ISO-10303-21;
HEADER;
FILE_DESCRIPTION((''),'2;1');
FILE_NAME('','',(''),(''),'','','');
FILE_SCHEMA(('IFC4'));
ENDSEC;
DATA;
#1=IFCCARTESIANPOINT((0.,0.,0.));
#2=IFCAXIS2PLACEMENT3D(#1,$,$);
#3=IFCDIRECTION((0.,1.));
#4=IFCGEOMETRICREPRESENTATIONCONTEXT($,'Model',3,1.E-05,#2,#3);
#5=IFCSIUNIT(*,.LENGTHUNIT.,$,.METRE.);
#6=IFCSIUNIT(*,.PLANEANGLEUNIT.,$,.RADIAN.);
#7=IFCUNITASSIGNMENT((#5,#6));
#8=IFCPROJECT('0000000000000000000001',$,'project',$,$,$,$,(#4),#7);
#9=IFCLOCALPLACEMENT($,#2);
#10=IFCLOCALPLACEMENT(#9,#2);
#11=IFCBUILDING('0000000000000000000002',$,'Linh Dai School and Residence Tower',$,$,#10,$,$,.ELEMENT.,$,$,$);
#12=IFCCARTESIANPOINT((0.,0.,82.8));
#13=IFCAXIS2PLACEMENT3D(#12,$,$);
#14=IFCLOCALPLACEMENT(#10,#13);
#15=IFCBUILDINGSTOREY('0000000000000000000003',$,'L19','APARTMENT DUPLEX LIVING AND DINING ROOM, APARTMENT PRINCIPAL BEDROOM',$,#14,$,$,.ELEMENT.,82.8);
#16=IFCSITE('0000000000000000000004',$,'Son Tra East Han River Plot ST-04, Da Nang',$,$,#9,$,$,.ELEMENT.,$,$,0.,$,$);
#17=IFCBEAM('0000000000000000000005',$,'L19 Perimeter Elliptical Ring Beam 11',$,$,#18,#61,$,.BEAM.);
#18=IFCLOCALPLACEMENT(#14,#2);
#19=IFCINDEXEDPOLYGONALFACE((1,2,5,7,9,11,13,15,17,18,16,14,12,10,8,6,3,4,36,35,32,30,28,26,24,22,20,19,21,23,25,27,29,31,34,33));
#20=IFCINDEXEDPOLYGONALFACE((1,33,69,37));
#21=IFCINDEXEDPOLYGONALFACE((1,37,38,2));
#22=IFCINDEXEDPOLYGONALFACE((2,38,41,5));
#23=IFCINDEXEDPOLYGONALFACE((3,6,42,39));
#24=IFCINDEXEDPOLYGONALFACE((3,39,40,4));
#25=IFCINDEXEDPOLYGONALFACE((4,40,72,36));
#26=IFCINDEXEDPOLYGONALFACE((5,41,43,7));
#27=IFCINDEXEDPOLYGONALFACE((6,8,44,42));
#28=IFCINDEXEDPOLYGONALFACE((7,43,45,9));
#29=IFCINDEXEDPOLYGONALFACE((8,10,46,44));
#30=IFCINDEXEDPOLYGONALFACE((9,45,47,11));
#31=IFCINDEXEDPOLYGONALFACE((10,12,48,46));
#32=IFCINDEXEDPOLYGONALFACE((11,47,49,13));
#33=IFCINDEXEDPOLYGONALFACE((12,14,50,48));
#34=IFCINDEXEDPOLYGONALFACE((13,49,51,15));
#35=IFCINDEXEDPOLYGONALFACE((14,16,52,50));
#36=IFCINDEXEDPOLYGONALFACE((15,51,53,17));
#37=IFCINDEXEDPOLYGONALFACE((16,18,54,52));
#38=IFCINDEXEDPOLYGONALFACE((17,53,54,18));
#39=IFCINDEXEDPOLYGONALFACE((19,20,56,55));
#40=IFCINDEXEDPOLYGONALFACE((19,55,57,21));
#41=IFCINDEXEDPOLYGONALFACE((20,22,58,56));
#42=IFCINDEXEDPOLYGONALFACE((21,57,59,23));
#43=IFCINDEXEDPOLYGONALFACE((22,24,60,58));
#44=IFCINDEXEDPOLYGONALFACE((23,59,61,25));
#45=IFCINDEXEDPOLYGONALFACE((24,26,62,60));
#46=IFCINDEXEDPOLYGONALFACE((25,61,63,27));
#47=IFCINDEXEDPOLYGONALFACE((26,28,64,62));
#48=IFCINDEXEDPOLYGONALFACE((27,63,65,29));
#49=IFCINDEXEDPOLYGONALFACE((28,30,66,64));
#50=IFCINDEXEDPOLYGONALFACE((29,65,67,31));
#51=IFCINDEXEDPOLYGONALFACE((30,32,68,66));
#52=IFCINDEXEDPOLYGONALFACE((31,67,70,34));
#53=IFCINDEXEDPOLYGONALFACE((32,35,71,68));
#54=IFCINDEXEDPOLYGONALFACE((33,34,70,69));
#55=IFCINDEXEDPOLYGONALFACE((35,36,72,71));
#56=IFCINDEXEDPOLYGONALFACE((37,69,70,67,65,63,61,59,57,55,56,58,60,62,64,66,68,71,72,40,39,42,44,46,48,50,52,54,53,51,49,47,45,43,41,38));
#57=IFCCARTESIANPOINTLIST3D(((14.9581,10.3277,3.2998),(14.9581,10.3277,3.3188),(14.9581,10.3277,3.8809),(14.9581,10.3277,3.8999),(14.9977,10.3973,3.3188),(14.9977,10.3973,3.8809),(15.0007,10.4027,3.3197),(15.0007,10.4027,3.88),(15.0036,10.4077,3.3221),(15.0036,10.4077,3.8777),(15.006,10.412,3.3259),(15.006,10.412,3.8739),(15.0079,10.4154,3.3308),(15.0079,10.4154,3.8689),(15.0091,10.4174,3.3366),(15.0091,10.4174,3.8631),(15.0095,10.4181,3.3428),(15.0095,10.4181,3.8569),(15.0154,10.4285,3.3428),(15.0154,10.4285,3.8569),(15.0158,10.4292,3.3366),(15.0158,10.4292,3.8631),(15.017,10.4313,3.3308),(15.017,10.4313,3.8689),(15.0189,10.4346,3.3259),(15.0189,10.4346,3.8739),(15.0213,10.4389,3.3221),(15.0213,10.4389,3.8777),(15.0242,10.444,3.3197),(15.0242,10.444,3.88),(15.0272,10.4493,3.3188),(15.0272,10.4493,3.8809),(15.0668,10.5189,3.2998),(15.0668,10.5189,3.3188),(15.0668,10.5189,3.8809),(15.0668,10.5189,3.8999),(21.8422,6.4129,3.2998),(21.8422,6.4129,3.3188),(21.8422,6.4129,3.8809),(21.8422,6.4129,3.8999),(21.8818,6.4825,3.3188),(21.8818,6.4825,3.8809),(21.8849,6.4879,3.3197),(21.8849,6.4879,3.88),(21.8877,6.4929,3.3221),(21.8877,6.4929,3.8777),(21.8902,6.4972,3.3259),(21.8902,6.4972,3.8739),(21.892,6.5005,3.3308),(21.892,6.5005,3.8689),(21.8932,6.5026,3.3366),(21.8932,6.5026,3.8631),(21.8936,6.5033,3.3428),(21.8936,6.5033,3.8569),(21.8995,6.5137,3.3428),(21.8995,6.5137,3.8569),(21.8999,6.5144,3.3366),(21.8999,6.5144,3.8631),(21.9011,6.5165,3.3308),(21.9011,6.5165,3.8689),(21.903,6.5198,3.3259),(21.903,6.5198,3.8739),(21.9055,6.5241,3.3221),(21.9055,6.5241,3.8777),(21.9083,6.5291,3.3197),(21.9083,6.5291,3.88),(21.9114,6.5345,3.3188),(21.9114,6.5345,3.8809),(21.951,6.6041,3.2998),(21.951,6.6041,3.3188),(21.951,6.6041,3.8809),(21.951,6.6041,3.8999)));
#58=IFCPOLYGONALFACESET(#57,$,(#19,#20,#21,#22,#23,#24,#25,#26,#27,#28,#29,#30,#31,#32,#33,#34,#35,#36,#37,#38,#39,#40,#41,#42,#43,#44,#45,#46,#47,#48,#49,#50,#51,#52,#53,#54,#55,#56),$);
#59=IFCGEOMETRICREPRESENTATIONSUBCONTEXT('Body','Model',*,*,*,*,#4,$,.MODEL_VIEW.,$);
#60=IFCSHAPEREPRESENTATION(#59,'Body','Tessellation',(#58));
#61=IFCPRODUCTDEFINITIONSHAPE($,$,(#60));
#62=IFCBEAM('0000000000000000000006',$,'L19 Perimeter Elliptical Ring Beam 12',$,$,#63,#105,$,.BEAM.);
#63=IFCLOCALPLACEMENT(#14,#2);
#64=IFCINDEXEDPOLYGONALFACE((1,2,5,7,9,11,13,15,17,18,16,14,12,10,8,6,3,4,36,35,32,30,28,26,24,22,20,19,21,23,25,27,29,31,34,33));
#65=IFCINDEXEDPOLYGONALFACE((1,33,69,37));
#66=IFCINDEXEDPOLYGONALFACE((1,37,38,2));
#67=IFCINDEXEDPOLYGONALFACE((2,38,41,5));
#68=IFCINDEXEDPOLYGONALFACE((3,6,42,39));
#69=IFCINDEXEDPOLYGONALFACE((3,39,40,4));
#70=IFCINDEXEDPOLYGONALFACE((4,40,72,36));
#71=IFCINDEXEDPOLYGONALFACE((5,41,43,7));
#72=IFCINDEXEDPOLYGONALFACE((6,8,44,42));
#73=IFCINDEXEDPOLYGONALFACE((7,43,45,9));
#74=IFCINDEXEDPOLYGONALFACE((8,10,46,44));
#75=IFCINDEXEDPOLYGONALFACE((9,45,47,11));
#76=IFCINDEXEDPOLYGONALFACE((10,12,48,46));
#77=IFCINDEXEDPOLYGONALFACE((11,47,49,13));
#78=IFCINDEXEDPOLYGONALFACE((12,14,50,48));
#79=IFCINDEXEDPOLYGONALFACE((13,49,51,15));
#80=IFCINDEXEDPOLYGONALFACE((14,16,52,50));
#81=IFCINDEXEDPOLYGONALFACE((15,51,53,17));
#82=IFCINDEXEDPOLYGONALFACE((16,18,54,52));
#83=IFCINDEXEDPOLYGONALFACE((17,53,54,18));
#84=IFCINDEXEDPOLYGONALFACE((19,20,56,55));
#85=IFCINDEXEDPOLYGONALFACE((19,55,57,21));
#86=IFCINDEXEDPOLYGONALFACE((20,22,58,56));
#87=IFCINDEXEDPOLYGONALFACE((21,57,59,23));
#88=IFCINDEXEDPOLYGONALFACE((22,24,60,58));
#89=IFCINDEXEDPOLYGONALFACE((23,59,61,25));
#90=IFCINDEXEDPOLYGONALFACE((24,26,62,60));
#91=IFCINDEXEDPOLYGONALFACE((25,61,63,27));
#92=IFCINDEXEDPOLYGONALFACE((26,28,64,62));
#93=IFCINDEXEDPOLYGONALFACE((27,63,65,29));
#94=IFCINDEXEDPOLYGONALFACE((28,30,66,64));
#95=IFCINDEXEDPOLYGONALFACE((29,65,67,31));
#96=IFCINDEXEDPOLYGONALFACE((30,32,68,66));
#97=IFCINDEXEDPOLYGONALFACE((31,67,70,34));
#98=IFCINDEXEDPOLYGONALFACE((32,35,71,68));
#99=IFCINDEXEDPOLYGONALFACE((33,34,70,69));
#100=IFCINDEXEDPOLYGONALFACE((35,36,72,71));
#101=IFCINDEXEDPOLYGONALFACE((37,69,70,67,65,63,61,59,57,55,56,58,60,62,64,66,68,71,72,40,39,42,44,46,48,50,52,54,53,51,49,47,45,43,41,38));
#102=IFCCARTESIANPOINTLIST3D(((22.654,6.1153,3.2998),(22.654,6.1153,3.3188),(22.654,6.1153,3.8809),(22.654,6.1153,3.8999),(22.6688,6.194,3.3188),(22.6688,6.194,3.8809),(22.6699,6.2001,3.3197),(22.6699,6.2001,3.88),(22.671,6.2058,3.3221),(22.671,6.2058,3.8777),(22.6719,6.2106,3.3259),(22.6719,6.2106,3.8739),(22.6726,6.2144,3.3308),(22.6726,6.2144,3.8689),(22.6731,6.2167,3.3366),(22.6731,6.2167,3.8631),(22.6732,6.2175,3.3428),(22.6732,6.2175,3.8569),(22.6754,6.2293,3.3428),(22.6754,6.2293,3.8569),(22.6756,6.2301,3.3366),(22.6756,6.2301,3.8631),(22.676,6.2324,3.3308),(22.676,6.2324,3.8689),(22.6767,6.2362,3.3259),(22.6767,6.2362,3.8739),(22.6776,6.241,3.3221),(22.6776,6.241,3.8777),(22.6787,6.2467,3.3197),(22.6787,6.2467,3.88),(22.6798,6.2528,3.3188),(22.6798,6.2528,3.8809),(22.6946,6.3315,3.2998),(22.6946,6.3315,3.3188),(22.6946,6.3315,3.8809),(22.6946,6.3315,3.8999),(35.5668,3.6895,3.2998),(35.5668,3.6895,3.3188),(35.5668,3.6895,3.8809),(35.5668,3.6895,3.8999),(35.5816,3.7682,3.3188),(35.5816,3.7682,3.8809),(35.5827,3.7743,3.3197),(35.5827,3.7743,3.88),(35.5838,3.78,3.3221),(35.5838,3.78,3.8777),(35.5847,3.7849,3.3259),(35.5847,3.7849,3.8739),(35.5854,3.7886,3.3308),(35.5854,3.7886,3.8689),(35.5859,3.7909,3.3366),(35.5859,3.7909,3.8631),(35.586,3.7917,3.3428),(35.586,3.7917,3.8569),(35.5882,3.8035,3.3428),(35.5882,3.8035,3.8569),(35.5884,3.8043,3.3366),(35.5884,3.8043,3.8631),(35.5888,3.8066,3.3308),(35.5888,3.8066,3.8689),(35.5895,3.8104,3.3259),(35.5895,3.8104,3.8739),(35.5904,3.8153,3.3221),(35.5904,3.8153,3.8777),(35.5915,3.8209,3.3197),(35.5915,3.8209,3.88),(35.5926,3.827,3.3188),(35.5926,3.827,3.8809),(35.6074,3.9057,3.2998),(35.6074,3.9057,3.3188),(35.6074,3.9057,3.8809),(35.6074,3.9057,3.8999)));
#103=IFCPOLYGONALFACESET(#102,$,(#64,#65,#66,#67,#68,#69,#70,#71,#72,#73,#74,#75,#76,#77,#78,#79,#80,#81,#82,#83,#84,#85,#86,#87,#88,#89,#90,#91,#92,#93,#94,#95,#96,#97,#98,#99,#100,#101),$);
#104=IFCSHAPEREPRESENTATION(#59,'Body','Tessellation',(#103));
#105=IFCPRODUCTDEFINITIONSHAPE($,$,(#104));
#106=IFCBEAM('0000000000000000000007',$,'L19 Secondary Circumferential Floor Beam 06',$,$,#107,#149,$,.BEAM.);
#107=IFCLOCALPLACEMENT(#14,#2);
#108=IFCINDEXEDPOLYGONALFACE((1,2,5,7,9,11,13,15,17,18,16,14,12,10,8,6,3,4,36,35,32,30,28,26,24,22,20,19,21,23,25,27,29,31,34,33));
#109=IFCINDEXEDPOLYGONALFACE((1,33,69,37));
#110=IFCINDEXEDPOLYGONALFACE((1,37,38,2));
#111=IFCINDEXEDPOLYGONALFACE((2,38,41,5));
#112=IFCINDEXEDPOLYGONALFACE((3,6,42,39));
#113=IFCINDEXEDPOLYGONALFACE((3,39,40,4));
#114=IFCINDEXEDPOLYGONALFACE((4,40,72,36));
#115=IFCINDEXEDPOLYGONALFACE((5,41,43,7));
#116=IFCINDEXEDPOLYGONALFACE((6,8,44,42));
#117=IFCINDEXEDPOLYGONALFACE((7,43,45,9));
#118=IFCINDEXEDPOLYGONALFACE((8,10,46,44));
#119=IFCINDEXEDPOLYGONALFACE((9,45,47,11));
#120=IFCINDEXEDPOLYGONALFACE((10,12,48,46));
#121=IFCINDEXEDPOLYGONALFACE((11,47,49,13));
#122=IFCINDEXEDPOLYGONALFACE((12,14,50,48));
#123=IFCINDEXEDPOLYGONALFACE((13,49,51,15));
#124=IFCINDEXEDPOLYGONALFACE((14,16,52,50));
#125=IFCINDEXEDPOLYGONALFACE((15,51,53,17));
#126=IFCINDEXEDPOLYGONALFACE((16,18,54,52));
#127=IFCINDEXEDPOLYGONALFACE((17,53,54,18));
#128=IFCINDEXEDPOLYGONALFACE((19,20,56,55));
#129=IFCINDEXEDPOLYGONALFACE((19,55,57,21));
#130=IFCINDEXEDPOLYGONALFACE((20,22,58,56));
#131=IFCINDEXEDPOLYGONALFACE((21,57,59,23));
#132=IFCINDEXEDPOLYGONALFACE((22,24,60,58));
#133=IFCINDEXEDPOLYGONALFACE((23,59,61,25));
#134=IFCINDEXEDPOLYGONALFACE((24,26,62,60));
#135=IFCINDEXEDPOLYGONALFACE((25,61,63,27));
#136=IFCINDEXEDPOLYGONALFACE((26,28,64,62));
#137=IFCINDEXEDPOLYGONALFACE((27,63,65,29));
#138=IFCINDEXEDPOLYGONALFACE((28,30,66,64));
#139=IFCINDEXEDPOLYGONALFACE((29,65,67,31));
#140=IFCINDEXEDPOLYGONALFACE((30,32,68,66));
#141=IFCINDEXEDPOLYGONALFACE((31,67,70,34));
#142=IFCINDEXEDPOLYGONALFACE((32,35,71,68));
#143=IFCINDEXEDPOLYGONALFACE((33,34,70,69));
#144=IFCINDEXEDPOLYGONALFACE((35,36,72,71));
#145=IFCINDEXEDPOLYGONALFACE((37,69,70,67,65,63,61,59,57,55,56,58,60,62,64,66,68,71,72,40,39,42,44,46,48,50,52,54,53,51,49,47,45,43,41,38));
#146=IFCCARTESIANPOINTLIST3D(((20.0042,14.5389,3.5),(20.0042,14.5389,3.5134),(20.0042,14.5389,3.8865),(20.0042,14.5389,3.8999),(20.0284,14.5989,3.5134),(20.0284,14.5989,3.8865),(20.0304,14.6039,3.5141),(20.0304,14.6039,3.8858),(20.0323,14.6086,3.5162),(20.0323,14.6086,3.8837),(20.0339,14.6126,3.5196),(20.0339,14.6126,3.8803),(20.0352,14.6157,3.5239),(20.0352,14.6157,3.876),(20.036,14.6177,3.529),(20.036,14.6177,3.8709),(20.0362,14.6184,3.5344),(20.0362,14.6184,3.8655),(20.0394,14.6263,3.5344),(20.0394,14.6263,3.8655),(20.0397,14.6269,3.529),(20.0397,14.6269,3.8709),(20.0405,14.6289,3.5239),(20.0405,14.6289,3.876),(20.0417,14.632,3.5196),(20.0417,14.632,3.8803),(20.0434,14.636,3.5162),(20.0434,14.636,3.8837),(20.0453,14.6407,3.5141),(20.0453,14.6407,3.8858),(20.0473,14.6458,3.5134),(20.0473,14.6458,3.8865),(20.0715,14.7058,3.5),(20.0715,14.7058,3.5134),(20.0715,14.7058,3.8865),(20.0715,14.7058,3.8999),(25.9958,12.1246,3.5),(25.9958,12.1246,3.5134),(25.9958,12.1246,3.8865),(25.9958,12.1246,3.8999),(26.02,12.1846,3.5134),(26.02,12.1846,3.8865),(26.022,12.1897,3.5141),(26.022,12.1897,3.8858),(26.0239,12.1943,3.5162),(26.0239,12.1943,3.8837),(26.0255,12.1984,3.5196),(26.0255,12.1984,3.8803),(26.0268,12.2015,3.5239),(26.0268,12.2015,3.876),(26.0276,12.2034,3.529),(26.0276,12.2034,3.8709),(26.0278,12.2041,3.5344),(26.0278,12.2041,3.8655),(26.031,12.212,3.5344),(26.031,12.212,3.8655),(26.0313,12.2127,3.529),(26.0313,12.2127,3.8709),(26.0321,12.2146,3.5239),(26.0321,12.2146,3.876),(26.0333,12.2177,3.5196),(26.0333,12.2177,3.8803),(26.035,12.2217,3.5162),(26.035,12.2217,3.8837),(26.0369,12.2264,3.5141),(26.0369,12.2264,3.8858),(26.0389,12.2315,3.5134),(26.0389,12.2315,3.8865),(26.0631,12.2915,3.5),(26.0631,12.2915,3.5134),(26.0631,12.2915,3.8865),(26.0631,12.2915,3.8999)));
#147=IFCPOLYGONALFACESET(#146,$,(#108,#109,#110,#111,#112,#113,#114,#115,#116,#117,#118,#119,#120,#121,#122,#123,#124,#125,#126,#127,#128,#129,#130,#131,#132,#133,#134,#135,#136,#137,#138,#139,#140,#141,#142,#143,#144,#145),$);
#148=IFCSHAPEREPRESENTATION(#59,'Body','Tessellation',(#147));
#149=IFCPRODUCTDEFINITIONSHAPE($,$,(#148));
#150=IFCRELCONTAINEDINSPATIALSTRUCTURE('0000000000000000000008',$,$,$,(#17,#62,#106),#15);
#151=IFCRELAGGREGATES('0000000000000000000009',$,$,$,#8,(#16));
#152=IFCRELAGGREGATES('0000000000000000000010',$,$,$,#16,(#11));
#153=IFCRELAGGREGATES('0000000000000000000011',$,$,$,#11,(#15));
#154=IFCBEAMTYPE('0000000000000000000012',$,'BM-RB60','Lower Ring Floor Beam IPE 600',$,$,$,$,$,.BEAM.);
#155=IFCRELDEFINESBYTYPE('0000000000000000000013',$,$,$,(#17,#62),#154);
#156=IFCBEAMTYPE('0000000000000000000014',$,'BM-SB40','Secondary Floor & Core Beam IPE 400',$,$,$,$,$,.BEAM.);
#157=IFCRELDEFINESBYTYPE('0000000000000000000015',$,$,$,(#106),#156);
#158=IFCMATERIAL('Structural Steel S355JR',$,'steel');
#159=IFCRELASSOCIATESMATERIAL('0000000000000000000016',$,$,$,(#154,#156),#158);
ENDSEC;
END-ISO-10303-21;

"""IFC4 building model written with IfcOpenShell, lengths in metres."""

from ifc_helpers import new_model, si_unit, direction, frame, origin, origin_2d, place, context, subcontext, project, spatial, i_section, extrude, material, material_profile, profile_set, type_object, element, save


model = new_model("IFC4")

# Units and contexts
model_context = context("Model", 3, precision=1e-05, world=origin(), true_north=direction((0.0, 1.0)))
body_context = subcontext(model_context, "Body", "Model", "MODEL_VIEW")
ifc_project = project(units=[si_unit("LENGTHUNIT", "METRE"), si_unit("PLANEANGLEUNIT", "RADIAN")], contexts=[model_context])

# Site, building, storey
site_placement = place(None, origin())
site = spatial("IfcSite", under=ifc_project, at=site_placement, Name="Son Tra East Han River Plot ST-04, Da Nang", CompositionType="ELEMENT", RefElevation=0.0)
building_placement = place(site_placement, origin())
building = spatial("IfcBuilding", under=site, at=building_placement, Name="Linh Dai School and Residence Tower", CompositionType="ELEMENT")
storey_placement = place(building_placement, frame((0.0, 0.0, 82.8)))
storey = spatial("IfcBuildingStorey", under=building, at=storey_placement, Name="L19", Description="APARTMENT DUPLEX LIVING AND DINING ROOM, APARTMENT PRINCIPAL BEDROOM", CompositionType="ELEMENT", Elevation=82.8)

# Shared definitions
ifc_material_1 = material(Name="Structural Steel S355JR", Category="steel")

# Beams
ifc_material_profile_1 = material_profile(ifc_material_1, i_section(OverallWidth=0.22, OverallDepth=0.6001, WebThickness=0.012, FlangeThickness=0.019, FilletRadius=0.0239, at=origin_2d()), Name="IPE 600")
ifc_profile_set_1 = profile_set([ifc_material_profile_1], Name="Structural Steel S355JR")
beam_type_1 = type_object("IfcBeamType", Name="BM-RB60", Description="Lower Ring Floor Beam IPE 600", PredefinedType="BEAM", material=ifc_profile_set_1)
beam_1_placement = place(storey_placement, frame((15.0125, 10.4233, 3.5999), z_axis=(0.869271, -0.494335, 0.0), x_axis=(0.494335, 0.869271, 0.0)))
element("IfcBeam", 1, at=beam_1_placement, inside=storey, type_object=beam_type_1, Name="L19 Perimeter Elliptical Ring Beam 11", PredefinedType="BEAM", context=body_context, shape_type="SweptSolid", body=[
    extrude(i_section(OverallWidth=0.22, OverallDepth=0.6001, WebThickness=0.012, FlangeThickness=0.019, FilletRadius=0.0239, at=origin_2d()), origin(), (0.0, 0.0, 1.0), 7.9194),
])
beam_2_placement = place(storey_placement, frame((22.6743, 6.2234, 3.5999), z_axis=(0.982808, -0.184628, 0.0), x_axis=(0.184628, 0.982808, 0.0)))
element("IfcBeam", 2, at=beam_2_placement, inside=storey, type_object=beam_type_1, Name="L19 Perimeter Elliptical Ring Beam 12", PredefinedType="BEAM", context=body_context, shape_type="SweptSolid", body=[
    extrude(i_section(OverallWidth=0.22, OverallDepth=0.6001, WebThickness=0.012, FlangeThickness=0.019, FilletRadius=0.0239, at=origin_2d()), origin(), (0.0, 0.0, 1.0), 13.1387),
])
ifc_material_profile_2 = material_profile(ifc_material_1, i_section(OverallWidth=0.1799, OverallDepth=0.3999, WebThickness=0.0085, FlangeThickness=0.0134, FilletRadius=0.021, at=origin_2d()), Name="IPE 400")
ifc_profile_set_2 = profile_set([ifc_material_profile_2], Name="Structural Steel S355JR")
beam_type_2 = type_object("IfcBeamType", Name="BM-SB40", Description="Secondary Floor & Core Beam IPE 400", PredefinedType="BEAM", material=ifc_profile_set_2)
beam_3_placement = place(storey_placement, frame((20.0378, 14.6223, 3.7), z_axis=(0.927533, -0.373742, 0.0), x_axis=(0.373742, 0.927533, 0.0)))
element("IfcBeam", 3, at=beam_3_placement, inside=storey, type_object=beam_type_2, Name="L19 Secondary Circumferential Floor Beam 06", PredefinedType="BEAM", context=body_context, shape_type="SweptSolid", body=[
    extrude(i_section(OverallWidth=0.1799, OverallDepth=0.3999, WebThickness=0.0085, FlangeThickness=0.0134, FilletRadius=0.021, at=origin_2d()), origin(), (0.0, 0.0, 1.0), 6.4597),
])

save(model, "model.ifc")
